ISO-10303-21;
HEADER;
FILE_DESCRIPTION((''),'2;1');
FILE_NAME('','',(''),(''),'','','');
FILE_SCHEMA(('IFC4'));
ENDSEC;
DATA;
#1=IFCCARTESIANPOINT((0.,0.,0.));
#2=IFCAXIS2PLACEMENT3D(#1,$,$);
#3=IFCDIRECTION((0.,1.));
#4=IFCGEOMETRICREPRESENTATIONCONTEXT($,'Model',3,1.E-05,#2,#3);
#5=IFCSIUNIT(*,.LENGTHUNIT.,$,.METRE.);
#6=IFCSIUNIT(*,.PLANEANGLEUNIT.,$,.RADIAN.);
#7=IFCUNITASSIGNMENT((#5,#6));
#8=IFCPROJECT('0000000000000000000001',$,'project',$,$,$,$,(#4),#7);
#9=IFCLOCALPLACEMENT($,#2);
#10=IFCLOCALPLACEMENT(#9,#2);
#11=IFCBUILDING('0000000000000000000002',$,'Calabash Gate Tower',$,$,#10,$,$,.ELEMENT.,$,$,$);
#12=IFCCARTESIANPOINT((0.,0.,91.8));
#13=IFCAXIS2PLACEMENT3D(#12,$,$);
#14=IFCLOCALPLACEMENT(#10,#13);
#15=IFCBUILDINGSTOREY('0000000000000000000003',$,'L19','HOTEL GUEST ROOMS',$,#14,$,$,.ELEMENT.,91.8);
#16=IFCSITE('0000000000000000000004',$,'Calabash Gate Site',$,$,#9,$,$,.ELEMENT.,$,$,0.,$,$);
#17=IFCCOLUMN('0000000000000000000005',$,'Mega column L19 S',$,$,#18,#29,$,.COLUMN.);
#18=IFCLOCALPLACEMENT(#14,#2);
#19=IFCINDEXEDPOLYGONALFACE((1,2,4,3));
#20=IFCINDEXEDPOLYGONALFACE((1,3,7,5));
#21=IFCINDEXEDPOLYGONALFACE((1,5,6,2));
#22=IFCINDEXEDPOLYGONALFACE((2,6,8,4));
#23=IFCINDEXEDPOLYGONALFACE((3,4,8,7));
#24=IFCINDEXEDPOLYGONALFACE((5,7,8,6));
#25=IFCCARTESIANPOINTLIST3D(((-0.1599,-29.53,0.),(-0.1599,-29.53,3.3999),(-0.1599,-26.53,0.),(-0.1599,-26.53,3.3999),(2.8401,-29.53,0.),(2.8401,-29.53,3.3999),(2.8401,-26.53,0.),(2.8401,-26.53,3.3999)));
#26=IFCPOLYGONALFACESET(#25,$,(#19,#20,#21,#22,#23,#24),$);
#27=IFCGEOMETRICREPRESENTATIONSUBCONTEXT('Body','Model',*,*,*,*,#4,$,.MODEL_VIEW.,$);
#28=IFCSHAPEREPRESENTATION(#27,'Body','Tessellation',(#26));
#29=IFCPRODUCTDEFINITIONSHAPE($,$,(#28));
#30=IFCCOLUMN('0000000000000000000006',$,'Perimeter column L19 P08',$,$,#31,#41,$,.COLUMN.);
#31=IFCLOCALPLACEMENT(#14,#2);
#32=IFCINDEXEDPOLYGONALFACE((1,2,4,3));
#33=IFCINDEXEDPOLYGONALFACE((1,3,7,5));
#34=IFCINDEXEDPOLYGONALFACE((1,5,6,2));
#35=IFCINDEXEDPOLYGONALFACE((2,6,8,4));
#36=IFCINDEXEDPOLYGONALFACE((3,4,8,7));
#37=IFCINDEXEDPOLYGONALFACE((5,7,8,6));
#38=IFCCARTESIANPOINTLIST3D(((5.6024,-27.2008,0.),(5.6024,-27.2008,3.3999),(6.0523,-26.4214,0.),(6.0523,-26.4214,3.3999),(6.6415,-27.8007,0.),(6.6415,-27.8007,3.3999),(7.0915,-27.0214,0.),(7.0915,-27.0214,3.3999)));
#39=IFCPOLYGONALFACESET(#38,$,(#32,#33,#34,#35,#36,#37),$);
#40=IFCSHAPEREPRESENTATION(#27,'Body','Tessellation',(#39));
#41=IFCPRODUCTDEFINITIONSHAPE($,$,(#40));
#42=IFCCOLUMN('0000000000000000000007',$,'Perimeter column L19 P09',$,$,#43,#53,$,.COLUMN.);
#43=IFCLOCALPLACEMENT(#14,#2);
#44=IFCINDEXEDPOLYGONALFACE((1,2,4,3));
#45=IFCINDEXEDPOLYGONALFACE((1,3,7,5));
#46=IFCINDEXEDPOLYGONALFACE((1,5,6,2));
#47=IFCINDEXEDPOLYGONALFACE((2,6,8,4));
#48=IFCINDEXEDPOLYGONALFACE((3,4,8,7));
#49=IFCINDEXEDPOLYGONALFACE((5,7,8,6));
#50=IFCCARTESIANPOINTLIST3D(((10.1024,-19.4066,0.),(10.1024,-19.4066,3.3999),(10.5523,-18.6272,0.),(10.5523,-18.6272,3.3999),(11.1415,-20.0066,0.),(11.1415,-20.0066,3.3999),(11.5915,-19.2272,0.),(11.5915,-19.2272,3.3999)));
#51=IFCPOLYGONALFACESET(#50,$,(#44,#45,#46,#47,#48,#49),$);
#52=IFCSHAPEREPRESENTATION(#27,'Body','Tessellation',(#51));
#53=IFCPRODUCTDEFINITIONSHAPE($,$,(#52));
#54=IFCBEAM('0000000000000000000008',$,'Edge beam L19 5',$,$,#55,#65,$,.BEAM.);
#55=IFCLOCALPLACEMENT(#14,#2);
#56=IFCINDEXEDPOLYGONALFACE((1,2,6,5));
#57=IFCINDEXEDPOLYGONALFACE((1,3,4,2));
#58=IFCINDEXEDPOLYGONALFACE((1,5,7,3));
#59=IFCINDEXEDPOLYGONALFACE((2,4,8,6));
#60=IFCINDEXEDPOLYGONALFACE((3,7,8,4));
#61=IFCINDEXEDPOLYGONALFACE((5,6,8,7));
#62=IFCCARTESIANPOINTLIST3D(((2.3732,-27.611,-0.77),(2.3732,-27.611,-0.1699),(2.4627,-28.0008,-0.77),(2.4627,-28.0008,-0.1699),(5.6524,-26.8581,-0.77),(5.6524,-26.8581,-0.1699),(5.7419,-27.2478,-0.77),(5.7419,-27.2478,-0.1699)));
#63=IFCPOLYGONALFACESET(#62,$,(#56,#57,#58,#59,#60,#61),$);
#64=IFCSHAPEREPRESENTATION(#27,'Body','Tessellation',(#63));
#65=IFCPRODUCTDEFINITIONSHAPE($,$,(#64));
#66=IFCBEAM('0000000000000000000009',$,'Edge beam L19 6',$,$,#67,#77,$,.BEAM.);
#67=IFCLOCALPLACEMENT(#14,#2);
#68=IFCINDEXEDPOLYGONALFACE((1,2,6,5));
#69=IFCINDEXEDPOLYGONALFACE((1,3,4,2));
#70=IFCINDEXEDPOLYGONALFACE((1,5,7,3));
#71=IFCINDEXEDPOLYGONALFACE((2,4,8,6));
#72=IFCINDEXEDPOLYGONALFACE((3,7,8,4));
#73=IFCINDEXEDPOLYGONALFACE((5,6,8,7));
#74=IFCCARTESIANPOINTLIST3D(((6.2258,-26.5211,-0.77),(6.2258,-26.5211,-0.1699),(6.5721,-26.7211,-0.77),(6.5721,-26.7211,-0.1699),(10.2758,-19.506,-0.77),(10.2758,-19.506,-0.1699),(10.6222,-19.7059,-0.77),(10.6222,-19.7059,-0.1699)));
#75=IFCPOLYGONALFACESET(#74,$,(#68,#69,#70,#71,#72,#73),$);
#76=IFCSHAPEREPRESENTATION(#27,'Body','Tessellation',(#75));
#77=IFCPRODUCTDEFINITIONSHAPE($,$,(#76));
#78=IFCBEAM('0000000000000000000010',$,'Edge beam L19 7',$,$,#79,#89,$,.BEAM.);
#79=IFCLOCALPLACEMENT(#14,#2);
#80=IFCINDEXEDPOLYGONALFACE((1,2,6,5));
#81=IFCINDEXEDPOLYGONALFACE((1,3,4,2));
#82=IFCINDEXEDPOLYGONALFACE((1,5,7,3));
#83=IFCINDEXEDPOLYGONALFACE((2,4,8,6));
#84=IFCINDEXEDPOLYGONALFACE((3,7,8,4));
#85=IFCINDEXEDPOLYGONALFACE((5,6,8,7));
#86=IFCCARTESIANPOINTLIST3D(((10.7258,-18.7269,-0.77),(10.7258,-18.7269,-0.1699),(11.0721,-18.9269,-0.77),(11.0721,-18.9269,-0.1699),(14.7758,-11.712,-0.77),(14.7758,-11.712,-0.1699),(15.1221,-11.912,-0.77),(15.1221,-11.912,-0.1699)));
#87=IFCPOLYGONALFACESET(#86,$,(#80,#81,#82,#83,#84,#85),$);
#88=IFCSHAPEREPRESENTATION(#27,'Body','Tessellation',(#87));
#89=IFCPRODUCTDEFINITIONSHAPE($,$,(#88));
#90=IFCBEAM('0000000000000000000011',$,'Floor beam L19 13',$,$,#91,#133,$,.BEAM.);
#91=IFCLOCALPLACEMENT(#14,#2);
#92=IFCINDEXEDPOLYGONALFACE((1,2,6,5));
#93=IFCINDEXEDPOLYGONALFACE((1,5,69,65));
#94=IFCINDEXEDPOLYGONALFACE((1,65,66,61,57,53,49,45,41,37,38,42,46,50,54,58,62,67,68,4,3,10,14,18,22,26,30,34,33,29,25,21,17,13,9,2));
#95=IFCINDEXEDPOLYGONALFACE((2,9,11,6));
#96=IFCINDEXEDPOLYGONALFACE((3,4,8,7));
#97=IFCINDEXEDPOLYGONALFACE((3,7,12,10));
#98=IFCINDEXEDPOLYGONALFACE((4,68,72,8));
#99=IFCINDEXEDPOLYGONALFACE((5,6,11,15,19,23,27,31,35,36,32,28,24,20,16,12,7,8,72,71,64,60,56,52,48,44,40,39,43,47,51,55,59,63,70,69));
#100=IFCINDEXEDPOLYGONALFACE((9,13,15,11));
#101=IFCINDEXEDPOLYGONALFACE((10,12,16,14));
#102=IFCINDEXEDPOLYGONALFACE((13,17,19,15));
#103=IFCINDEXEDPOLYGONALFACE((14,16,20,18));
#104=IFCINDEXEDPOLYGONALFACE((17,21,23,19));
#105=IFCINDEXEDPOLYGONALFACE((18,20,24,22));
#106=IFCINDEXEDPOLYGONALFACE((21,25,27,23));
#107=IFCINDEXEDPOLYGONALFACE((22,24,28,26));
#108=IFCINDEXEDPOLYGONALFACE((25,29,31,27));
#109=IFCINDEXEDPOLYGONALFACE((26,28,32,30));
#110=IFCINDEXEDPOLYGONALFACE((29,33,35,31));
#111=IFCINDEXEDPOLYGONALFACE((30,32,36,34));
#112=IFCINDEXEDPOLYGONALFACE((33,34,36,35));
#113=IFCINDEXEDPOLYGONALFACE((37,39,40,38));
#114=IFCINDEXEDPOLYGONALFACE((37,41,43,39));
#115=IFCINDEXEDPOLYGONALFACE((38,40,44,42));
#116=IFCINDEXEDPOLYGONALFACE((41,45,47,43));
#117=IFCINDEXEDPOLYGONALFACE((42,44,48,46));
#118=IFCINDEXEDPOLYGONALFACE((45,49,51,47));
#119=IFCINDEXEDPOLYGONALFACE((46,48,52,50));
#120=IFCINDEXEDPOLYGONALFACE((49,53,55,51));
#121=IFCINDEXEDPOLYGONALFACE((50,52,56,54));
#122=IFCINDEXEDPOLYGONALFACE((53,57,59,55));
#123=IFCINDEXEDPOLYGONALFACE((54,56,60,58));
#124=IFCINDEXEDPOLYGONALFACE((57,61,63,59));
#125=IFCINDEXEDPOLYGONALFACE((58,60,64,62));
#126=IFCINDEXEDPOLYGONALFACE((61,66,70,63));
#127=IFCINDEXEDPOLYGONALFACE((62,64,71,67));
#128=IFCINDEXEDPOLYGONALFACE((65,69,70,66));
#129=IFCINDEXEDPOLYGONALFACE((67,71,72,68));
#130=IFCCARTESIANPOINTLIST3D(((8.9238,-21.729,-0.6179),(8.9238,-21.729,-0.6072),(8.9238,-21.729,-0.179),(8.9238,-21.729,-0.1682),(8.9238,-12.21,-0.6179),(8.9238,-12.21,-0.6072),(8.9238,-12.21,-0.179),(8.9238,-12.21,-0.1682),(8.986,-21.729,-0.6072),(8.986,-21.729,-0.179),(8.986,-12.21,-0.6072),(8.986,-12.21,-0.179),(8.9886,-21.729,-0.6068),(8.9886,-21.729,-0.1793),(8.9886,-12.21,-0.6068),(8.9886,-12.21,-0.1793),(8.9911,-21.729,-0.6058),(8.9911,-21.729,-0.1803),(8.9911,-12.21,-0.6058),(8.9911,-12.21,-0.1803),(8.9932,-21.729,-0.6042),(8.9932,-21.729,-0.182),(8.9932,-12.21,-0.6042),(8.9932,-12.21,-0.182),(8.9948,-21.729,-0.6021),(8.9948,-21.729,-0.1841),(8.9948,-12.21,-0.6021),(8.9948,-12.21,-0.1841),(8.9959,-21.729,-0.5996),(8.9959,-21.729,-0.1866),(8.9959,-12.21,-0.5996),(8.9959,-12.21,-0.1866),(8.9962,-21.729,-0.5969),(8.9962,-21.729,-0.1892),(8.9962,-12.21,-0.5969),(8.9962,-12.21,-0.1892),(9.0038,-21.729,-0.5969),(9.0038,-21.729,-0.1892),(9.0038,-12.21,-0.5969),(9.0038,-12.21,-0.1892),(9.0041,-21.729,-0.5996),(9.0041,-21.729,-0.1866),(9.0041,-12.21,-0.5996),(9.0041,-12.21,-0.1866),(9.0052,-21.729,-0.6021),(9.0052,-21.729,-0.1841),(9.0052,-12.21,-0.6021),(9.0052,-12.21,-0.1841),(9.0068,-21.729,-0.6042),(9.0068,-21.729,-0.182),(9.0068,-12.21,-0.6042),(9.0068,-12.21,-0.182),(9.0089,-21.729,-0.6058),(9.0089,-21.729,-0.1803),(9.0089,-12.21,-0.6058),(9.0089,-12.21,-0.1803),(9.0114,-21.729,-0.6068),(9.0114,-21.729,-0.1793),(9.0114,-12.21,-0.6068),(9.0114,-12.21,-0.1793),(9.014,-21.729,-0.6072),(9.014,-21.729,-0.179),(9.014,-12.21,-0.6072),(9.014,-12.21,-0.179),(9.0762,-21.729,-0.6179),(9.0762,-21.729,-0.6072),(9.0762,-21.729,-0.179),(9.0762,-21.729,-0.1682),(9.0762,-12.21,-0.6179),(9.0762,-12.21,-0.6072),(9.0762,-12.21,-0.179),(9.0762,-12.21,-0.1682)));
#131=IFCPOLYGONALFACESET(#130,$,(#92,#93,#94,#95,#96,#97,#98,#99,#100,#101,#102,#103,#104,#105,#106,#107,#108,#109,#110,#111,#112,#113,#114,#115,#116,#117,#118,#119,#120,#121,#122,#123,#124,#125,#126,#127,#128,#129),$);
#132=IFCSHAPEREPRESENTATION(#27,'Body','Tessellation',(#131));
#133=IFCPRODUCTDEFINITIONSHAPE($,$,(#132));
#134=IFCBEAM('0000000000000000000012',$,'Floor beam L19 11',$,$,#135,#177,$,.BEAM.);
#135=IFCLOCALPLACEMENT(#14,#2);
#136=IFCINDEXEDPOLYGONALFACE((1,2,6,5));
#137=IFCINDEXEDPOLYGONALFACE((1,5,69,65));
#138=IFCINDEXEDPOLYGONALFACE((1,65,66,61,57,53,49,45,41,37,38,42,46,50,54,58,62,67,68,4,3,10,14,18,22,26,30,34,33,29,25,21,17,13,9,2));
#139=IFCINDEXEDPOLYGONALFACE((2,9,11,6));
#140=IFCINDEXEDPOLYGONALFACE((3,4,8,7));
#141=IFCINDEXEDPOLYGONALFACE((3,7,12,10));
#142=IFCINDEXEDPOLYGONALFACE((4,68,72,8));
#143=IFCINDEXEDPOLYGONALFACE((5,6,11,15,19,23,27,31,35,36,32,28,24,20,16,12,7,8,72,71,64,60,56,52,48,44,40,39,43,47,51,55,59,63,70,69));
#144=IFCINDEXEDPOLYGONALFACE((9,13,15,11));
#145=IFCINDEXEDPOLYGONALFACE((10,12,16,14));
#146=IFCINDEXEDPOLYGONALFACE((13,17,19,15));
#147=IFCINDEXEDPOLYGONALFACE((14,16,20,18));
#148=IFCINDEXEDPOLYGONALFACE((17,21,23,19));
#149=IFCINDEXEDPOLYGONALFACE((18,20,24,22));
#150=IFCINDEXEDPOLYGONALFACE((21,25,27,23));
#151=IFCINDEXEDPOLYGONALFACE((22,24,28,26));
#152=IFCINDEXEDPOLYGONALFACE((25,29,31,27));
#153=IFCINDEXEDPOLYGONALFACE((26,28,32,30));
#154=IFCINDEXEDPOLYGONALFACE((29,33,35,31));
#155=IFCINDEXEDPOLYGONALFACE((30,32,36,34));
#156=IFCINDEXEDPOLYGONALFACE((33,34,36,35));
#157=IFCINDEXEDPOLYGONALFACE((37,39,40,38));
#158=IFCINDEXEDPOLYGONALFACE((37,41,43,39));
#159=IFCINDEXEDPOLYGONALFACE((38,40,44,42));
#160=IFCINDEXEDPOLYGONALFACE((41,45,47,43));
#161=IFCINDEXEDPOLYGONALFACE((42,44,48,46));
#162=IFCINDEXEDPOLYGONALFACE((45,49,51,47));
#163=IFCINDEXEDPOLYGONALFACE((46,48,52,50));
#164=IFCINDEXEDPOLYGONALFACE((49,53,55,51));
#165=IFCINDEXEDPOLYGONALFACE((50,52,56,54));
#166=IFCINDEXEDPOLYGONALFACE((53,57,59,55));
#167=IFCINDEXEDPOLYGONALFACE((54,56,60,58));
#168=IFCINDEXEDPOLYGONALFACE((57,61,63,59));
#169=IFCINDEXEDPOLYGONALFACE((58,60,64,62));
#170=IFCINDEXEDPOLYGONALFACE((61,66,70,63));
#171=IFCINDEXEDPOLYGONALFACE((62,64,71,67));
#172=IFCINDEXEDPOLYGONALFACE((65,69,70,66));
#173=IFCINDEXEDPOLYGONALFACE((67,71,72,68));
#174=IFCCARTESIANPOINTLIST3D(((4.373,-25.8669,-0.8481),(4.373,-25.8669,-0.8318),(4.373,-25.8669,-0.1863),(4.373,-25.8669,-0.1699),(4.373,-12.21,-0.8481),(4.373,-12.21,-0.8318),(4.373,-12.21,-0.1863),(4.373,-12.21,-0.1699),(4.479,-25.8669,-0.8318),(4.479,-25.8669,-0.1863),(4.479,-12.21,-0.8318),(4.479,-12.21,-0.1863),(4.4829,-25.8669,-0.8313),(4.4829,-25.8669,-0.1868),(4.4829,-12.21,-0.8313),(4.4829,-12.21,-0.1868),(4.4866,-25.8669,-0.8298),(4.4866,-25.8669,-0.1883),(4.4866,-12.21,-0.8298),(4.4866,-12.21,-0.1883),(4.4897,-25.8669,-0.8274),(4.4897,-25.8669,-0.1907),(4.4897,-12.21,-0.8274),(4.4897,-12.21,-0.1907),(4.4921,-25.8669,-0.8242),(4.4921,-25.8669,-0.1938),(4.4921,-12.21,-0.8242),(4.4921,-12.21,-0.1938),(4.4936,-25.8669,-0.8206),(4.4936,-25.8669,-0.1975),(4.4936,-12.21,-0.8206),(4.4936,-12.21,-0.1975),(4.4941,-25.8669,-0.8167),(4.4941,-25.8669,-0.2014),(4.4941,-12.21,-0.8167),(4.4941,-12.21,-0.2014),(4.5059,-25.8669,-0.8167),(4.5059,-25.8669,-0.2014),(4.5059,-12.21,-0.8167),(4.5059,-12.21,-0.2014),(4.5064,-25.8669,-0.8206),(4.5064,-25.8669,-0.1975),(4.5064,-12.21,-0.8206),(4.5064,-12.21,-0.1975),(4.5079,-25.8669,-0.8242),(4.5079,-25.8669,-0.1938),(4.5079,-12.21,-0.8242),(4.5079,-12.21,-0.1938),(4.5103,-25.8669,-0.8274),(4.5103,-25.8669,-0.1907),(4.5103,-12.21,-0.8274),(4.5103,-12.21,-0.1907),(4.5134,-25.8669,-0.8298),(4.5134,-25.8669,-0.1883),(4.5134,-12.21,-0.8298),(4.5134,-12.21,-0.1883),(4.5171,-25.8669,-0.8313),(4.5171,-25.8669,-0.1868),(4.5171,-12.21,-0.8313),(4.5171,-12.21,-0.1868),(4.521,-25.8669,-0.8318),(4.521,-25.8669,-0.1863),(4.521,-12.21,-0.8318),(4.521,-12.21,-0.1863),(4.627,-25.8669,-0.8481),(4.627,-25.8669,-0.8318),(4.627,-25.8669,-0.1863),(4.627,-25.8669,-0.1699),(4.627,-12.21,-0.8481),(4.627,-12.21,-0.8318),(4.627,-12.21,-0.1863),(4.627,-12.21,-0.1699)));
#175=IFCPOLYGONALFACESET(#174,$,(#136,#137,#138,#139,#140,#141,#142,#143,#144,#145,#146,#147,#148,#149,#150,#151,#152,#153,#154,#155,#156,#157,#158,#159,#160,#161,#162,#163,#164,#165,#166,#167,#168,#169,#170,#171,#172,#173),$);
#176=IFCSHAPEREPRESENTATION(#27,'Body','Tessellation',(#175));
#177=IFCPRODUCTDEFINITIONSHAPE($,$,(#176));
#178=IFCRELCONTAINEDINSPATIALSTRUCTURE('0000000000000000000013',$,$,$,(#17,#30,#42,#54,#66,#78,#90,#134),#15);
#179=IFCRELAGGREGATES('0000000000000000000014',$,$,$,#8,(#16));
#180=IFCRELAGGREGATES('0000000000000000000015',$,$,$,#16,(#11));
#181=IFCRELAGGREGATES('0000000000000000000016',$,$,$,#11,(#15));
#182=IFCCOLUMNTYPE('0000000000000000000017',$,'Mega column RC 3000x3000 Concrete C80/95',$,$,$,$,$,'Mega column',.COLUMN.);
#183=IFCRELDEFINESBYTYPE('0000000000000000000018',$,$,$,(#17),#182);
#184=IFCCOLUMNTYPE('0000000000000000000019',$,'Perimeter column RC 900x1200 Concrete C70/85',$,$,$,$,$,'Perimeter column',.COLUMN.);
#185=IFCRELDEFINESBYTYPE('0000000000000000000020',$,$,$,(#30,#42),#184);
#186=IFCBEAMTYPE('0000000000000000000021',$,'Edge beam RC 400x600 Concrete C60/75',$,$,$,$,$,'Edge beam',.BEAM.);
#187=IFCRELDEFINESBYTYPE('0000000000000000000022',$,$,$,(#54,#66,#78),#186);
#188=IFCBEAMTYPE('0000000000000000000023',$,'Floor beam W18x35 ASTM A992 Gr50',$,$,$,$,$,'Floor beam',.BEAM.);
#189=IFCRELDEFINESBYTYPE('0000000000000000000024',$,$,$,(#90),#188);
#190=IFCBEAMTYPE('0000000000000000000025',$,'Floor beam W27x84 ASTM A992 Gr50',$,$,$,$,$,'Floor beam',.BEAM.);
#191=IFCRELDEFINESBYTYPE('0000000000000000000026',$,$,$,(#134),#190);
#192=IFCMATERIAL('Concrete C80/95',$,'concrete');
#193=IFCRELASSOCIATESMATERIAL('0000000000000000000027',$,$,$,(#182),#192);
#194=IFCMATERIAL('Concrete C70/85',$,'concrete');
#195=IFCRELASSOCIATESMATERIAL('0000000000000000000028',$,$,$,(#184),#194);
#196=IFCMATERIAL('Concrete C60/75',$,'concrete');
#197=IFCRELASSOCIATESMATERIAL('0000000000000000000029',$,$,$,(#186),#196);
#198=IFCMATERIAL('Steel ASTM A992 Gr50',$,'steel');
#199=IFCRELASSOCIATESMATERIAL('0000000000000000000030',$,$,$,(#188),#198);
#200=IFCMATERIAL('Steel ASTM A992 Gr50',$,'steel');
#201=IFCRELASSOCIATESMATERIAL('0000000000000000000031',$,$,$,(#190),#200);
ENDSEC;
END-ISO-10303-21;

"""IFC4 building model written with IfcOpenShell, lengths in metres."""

from ifc_helpers import new_model, si_unit, direction, frame, origin, origin_2d, place, context, subcontext, project, spatial, rectangle, i_section, extrude, material, material_profile, profile_set, type_object, element, save


model = new_model("IFC4")

# Units and contexts
model_context = context("Model", 3, precision=1e-05, world=origin(), true_north=direction((0.0, 1.0)))
body_context = subcontext(model_context, "Body", "Model", "MODEL_VIEW")
ifc_project = project(units=[si_unit("LENGTHUNIT", "METRE"), si_unit("PLANEANGLEUNIT", "RADIAN")], contexts=[model_context])

# Site, building, storey
site_placement = place(None, origin())
site = spatial("IfcSite", under=ifc_project, at=site_placement, Name="Calabash Gate Site", CompositionType="ELEMENT", RefElevation=0.0)
building_placement = place(site_placement, origin())
building = spatial("IfcBuilding", under=site, at=building_placement, Name="Calabash Gate Tower", CompositionType="ELEMENT")
storey_placement = place(building_placement, frame((0.0, 0.0, 91.8)))
storey = spatial("IfcBuildingStorey", under=building, at=storey_placement, Name="L19", Description="HOTEL GUEST ROOMS", CompositionType="ELEMENT", Elevation=91.8)

# Columns
ifc_material_1 = material(Name="Concrete C80/95", Category="concrete")
ifc_material_profile_1 = material_profile(ifc_material_1, rectangle(XDim=3.0, YDim=3.0, at=origin_2d()))
ifc_profile_set_1 = profile_set([ifc_material_profile_1], Name="Concrete C80/95")
column_type_1 = type_object("IfcColumnType", Name="Mega column RC 3000x3000 Concrete C80/95", ElementType="Mega column", PredefinedType="COLUMN", material=ifc_profile_set_1)
column_placement = place(storey_placement, frame((1.3401, -28.03, 0.0), z_axis=(0.0, 0.0, 1.0), x_axis=(0.0, 1.0, 0.0)))
element("IfcColumn", 1, at=column_placement, inside=storey, type_object=column_type_1, Name="Mega column L19 S", PredefinedType="COLUMN", context=body_context, shape_type="SweptSolid", body=[
    extrude(rectangle(XDim=3.0, YDim=3.0, at=origin_2d()), origin(), (0.0, 0.0, 1.0), 3.3999),
])
ifc_material_2 = material(Name="Concrete C70/85", Category="concrete")
ifc_material_profile_2 = material_profile(ifc_material_2, rectangle(XDim=0.8999, YDim=1.2, at=origin_2d()))
ifc_profile_set_2 = profile_set([ifc_material_profile_2], Name="Concrete C70/85")
column_type_2 = type_object("IfcColumnType", Name="Perimeter column RC 900x1200 Concrete C70/85", ElementType="Perimeter column", PredefinedType="COLUMN", material=ifc_profile_set_2)
for number, where, z_axis, x_axis, name in (
    (2, (6.3469, -27.1111, 0.0), (0.0, 0.0, 1.0), (0.5, 0.866025, 0.0), "Perimeter column L19 P08"),
    (3, (10.8469, -19.3169, 0.0), (0.0, 0.0, 1.0), (0.5, 0.866025, 0.0), "Perimeter column L19 P09"),
):
    element("IfcColumn", number, at=place(storey_placement, frame(where, z_axis=z_axis, x_axis=x_axis)), inside=storey, type_object=column_type_2, Name=name, PredefinedType="COLUMN", context=body_context, shape_type="SweptSolid", body=[
        extrude(rectangle(XDim=0.8999, YDim=1.2, at=origin_2d()), origin(), (0.0, 0.0, 1.0), 3.3999),
    ])

# Beams
ifc_material_3 = material(Name="Concrete C60/75", Category="concrete")
ifc_material_profile_3 = material_profile(ifc_material_3, rectangle(XDim=0.3999, YDim=0.6001, at=origin_2d()))
ifc_profile_set_3 = profile_set([ifc_material_profile_3], Name="Concrete C60/75")
beam_type_1 = type_object("IfcBeamType", Name="Edge beam RC 400x600 Concrete C60/75", ElementType="Edge beam", PredefinedType="BEAM", material=ifc_profile_set_3)
beam_1_placement = place(storey_placement, frame((2.418, -27.8059, -0.47), z_axis=(0.974636, 0.223794, 0.0), x_axis=(-0.223794, 0.974636, 0.0)))
element("IfcBeam", 4, at=beam_1_placement, inside=storey, type_object=beam_type_1, Name="Edge beam L19 5", PredefinedType="BEAM", context=body_context, shape_type="SweptSolid", body=[
    extrude(rectangle(XDim=0.3999, YDim=0.6001, at=origin_2d()), origin(), (0.0, 0.0, 1.0), 3.3645),
])
beam_2_placement = place(storey_placement, frame((6.3989, -26.6211, -0.47), z_axis=(0.499987, 0.866033, 0.0), x_axis=(-0.866033, 0.499987, 0.0)))
element("IfcBeam", 5, at=beam_2_placement, inside=storey, type_object=beam_type_1, Name="Edge beam L19 6", PredefinedType="BEAM", context=body_context, shape_type="SweptSolid", body=[
    extrude(rectangle(XDim=0.3999, YDim=0.6001, at=origin_2d()), origin(), (0.0, 0.0, 1.0), 8.1003),
])
beam_3_placement = place(storey_placement, frame((10.8989, -18.8269, -0.47), z_axis=(0.5, 0.866025, 0.0), x_axis=(-0.866025, 0.5, 0.0)))
element("IfcBeam", 6, at=beam_3_placement, inside=storey, type_object=beam_type_1, Name="Edge beam L19 7", PredefinedType="BEAM", context=body_context, shape_type="SweptSolid", body=[
    extrude(rectangle(XDim=0.3999, YDim=0.6001, at=origin_2d()), origin(), (0.0, 0.0, 1.0), 8.1001),
])
ifc_material_4 = material(Name="Steel ASTM A992 Gr50", Category="steel")
ifc_material_profile_4 = material_profile(ifc_material_4, i_section(OverallWidth=0.1523, OverallDepth=0.4497, WebThickness=0.0076, FlangeThickness=0.0107, FilletRadius=0.0103, at=origin_2d()))
ifc_profile_set_4 = profile_set([ifc_material_profile_4], Name="Steel ASTM A992 Gr50")
beam_type_2 = type_object("IfcBeamType", Name="Floor beam W18x35 ASTM A992 Gr50", ElementType="Floor beam", PredefinedType="BEAM", material=ifc_profile_set_4)
beam_4_placement = place(storey_placement, frame((9.0, -21.729, -0.3931), z_axis=(0.0, 1.0, 0.0), x_axis=(-1.0, 0.0, 0.0)))
element("IfcBeam", 7, at=beam_4_placement, inside=storey, type_object=beam_type_2, Name="Floor beam L19 13", PredefinedType="BEAM", context=body_context, shape_type="SweptSolid", body=[
    extrude(i_section(OverallWidth=0.1523, OverallDepth=0.4497, WebThickness=0.0076, FlangeThickness=0.0107, FilletRadius=0.0103, at=origin_2d()), origin(), (0.0, 0.0, 1.0), 9.519),
])
ifc_material_5 = material(Name="Steel ASTM A992 Gr50", Category="steel")
ifc_material_profile_5 = material_profile(ifc_material_5, i_section(OverallWidth=0.2539, OverallDepth=0.6782, WebThickness=0.0117, FlangeThickness=0.0164, FilletRadius=0.0151, at=origin_2d()))
ifc_profile_set_5 = profile_set([ifc_material_profile_5], Name="Steel ASTM A992 Gr50")
beam_type_3 = type_object("IfcBeamType", Name="Floor beam W27x84 ASTM A992 Gr50", ElementType="Floor beam", PredefinedType="BEAM", material=ifc_profile_set_5)
beam_5_placement = place(storey_placement, frame((4.5, -25.8669, -0.509), z_axis=(0.0, 1.0, 0.0), x_axis=(-1.0, 0.0, 0.0)))
element("IfcBeam", 8, at=beam_5_placement, inside=storey, type_object=beam_type_3, Name="Floor beam L19 11", PredefinedType="BEAM", context=body_context, shape_type="SweptSolid", body=[
    extrude(i_section(OverallWidth=0.2539, OverallDepth=0.6782, WebThickness=0.0117, FlangeThickness=0.0164, FilletRadius=0.0151, at=origin_2d()), origin(), (0.0, 0.0, 1.0), 13.657),
])

save(model, "model.ifc")
